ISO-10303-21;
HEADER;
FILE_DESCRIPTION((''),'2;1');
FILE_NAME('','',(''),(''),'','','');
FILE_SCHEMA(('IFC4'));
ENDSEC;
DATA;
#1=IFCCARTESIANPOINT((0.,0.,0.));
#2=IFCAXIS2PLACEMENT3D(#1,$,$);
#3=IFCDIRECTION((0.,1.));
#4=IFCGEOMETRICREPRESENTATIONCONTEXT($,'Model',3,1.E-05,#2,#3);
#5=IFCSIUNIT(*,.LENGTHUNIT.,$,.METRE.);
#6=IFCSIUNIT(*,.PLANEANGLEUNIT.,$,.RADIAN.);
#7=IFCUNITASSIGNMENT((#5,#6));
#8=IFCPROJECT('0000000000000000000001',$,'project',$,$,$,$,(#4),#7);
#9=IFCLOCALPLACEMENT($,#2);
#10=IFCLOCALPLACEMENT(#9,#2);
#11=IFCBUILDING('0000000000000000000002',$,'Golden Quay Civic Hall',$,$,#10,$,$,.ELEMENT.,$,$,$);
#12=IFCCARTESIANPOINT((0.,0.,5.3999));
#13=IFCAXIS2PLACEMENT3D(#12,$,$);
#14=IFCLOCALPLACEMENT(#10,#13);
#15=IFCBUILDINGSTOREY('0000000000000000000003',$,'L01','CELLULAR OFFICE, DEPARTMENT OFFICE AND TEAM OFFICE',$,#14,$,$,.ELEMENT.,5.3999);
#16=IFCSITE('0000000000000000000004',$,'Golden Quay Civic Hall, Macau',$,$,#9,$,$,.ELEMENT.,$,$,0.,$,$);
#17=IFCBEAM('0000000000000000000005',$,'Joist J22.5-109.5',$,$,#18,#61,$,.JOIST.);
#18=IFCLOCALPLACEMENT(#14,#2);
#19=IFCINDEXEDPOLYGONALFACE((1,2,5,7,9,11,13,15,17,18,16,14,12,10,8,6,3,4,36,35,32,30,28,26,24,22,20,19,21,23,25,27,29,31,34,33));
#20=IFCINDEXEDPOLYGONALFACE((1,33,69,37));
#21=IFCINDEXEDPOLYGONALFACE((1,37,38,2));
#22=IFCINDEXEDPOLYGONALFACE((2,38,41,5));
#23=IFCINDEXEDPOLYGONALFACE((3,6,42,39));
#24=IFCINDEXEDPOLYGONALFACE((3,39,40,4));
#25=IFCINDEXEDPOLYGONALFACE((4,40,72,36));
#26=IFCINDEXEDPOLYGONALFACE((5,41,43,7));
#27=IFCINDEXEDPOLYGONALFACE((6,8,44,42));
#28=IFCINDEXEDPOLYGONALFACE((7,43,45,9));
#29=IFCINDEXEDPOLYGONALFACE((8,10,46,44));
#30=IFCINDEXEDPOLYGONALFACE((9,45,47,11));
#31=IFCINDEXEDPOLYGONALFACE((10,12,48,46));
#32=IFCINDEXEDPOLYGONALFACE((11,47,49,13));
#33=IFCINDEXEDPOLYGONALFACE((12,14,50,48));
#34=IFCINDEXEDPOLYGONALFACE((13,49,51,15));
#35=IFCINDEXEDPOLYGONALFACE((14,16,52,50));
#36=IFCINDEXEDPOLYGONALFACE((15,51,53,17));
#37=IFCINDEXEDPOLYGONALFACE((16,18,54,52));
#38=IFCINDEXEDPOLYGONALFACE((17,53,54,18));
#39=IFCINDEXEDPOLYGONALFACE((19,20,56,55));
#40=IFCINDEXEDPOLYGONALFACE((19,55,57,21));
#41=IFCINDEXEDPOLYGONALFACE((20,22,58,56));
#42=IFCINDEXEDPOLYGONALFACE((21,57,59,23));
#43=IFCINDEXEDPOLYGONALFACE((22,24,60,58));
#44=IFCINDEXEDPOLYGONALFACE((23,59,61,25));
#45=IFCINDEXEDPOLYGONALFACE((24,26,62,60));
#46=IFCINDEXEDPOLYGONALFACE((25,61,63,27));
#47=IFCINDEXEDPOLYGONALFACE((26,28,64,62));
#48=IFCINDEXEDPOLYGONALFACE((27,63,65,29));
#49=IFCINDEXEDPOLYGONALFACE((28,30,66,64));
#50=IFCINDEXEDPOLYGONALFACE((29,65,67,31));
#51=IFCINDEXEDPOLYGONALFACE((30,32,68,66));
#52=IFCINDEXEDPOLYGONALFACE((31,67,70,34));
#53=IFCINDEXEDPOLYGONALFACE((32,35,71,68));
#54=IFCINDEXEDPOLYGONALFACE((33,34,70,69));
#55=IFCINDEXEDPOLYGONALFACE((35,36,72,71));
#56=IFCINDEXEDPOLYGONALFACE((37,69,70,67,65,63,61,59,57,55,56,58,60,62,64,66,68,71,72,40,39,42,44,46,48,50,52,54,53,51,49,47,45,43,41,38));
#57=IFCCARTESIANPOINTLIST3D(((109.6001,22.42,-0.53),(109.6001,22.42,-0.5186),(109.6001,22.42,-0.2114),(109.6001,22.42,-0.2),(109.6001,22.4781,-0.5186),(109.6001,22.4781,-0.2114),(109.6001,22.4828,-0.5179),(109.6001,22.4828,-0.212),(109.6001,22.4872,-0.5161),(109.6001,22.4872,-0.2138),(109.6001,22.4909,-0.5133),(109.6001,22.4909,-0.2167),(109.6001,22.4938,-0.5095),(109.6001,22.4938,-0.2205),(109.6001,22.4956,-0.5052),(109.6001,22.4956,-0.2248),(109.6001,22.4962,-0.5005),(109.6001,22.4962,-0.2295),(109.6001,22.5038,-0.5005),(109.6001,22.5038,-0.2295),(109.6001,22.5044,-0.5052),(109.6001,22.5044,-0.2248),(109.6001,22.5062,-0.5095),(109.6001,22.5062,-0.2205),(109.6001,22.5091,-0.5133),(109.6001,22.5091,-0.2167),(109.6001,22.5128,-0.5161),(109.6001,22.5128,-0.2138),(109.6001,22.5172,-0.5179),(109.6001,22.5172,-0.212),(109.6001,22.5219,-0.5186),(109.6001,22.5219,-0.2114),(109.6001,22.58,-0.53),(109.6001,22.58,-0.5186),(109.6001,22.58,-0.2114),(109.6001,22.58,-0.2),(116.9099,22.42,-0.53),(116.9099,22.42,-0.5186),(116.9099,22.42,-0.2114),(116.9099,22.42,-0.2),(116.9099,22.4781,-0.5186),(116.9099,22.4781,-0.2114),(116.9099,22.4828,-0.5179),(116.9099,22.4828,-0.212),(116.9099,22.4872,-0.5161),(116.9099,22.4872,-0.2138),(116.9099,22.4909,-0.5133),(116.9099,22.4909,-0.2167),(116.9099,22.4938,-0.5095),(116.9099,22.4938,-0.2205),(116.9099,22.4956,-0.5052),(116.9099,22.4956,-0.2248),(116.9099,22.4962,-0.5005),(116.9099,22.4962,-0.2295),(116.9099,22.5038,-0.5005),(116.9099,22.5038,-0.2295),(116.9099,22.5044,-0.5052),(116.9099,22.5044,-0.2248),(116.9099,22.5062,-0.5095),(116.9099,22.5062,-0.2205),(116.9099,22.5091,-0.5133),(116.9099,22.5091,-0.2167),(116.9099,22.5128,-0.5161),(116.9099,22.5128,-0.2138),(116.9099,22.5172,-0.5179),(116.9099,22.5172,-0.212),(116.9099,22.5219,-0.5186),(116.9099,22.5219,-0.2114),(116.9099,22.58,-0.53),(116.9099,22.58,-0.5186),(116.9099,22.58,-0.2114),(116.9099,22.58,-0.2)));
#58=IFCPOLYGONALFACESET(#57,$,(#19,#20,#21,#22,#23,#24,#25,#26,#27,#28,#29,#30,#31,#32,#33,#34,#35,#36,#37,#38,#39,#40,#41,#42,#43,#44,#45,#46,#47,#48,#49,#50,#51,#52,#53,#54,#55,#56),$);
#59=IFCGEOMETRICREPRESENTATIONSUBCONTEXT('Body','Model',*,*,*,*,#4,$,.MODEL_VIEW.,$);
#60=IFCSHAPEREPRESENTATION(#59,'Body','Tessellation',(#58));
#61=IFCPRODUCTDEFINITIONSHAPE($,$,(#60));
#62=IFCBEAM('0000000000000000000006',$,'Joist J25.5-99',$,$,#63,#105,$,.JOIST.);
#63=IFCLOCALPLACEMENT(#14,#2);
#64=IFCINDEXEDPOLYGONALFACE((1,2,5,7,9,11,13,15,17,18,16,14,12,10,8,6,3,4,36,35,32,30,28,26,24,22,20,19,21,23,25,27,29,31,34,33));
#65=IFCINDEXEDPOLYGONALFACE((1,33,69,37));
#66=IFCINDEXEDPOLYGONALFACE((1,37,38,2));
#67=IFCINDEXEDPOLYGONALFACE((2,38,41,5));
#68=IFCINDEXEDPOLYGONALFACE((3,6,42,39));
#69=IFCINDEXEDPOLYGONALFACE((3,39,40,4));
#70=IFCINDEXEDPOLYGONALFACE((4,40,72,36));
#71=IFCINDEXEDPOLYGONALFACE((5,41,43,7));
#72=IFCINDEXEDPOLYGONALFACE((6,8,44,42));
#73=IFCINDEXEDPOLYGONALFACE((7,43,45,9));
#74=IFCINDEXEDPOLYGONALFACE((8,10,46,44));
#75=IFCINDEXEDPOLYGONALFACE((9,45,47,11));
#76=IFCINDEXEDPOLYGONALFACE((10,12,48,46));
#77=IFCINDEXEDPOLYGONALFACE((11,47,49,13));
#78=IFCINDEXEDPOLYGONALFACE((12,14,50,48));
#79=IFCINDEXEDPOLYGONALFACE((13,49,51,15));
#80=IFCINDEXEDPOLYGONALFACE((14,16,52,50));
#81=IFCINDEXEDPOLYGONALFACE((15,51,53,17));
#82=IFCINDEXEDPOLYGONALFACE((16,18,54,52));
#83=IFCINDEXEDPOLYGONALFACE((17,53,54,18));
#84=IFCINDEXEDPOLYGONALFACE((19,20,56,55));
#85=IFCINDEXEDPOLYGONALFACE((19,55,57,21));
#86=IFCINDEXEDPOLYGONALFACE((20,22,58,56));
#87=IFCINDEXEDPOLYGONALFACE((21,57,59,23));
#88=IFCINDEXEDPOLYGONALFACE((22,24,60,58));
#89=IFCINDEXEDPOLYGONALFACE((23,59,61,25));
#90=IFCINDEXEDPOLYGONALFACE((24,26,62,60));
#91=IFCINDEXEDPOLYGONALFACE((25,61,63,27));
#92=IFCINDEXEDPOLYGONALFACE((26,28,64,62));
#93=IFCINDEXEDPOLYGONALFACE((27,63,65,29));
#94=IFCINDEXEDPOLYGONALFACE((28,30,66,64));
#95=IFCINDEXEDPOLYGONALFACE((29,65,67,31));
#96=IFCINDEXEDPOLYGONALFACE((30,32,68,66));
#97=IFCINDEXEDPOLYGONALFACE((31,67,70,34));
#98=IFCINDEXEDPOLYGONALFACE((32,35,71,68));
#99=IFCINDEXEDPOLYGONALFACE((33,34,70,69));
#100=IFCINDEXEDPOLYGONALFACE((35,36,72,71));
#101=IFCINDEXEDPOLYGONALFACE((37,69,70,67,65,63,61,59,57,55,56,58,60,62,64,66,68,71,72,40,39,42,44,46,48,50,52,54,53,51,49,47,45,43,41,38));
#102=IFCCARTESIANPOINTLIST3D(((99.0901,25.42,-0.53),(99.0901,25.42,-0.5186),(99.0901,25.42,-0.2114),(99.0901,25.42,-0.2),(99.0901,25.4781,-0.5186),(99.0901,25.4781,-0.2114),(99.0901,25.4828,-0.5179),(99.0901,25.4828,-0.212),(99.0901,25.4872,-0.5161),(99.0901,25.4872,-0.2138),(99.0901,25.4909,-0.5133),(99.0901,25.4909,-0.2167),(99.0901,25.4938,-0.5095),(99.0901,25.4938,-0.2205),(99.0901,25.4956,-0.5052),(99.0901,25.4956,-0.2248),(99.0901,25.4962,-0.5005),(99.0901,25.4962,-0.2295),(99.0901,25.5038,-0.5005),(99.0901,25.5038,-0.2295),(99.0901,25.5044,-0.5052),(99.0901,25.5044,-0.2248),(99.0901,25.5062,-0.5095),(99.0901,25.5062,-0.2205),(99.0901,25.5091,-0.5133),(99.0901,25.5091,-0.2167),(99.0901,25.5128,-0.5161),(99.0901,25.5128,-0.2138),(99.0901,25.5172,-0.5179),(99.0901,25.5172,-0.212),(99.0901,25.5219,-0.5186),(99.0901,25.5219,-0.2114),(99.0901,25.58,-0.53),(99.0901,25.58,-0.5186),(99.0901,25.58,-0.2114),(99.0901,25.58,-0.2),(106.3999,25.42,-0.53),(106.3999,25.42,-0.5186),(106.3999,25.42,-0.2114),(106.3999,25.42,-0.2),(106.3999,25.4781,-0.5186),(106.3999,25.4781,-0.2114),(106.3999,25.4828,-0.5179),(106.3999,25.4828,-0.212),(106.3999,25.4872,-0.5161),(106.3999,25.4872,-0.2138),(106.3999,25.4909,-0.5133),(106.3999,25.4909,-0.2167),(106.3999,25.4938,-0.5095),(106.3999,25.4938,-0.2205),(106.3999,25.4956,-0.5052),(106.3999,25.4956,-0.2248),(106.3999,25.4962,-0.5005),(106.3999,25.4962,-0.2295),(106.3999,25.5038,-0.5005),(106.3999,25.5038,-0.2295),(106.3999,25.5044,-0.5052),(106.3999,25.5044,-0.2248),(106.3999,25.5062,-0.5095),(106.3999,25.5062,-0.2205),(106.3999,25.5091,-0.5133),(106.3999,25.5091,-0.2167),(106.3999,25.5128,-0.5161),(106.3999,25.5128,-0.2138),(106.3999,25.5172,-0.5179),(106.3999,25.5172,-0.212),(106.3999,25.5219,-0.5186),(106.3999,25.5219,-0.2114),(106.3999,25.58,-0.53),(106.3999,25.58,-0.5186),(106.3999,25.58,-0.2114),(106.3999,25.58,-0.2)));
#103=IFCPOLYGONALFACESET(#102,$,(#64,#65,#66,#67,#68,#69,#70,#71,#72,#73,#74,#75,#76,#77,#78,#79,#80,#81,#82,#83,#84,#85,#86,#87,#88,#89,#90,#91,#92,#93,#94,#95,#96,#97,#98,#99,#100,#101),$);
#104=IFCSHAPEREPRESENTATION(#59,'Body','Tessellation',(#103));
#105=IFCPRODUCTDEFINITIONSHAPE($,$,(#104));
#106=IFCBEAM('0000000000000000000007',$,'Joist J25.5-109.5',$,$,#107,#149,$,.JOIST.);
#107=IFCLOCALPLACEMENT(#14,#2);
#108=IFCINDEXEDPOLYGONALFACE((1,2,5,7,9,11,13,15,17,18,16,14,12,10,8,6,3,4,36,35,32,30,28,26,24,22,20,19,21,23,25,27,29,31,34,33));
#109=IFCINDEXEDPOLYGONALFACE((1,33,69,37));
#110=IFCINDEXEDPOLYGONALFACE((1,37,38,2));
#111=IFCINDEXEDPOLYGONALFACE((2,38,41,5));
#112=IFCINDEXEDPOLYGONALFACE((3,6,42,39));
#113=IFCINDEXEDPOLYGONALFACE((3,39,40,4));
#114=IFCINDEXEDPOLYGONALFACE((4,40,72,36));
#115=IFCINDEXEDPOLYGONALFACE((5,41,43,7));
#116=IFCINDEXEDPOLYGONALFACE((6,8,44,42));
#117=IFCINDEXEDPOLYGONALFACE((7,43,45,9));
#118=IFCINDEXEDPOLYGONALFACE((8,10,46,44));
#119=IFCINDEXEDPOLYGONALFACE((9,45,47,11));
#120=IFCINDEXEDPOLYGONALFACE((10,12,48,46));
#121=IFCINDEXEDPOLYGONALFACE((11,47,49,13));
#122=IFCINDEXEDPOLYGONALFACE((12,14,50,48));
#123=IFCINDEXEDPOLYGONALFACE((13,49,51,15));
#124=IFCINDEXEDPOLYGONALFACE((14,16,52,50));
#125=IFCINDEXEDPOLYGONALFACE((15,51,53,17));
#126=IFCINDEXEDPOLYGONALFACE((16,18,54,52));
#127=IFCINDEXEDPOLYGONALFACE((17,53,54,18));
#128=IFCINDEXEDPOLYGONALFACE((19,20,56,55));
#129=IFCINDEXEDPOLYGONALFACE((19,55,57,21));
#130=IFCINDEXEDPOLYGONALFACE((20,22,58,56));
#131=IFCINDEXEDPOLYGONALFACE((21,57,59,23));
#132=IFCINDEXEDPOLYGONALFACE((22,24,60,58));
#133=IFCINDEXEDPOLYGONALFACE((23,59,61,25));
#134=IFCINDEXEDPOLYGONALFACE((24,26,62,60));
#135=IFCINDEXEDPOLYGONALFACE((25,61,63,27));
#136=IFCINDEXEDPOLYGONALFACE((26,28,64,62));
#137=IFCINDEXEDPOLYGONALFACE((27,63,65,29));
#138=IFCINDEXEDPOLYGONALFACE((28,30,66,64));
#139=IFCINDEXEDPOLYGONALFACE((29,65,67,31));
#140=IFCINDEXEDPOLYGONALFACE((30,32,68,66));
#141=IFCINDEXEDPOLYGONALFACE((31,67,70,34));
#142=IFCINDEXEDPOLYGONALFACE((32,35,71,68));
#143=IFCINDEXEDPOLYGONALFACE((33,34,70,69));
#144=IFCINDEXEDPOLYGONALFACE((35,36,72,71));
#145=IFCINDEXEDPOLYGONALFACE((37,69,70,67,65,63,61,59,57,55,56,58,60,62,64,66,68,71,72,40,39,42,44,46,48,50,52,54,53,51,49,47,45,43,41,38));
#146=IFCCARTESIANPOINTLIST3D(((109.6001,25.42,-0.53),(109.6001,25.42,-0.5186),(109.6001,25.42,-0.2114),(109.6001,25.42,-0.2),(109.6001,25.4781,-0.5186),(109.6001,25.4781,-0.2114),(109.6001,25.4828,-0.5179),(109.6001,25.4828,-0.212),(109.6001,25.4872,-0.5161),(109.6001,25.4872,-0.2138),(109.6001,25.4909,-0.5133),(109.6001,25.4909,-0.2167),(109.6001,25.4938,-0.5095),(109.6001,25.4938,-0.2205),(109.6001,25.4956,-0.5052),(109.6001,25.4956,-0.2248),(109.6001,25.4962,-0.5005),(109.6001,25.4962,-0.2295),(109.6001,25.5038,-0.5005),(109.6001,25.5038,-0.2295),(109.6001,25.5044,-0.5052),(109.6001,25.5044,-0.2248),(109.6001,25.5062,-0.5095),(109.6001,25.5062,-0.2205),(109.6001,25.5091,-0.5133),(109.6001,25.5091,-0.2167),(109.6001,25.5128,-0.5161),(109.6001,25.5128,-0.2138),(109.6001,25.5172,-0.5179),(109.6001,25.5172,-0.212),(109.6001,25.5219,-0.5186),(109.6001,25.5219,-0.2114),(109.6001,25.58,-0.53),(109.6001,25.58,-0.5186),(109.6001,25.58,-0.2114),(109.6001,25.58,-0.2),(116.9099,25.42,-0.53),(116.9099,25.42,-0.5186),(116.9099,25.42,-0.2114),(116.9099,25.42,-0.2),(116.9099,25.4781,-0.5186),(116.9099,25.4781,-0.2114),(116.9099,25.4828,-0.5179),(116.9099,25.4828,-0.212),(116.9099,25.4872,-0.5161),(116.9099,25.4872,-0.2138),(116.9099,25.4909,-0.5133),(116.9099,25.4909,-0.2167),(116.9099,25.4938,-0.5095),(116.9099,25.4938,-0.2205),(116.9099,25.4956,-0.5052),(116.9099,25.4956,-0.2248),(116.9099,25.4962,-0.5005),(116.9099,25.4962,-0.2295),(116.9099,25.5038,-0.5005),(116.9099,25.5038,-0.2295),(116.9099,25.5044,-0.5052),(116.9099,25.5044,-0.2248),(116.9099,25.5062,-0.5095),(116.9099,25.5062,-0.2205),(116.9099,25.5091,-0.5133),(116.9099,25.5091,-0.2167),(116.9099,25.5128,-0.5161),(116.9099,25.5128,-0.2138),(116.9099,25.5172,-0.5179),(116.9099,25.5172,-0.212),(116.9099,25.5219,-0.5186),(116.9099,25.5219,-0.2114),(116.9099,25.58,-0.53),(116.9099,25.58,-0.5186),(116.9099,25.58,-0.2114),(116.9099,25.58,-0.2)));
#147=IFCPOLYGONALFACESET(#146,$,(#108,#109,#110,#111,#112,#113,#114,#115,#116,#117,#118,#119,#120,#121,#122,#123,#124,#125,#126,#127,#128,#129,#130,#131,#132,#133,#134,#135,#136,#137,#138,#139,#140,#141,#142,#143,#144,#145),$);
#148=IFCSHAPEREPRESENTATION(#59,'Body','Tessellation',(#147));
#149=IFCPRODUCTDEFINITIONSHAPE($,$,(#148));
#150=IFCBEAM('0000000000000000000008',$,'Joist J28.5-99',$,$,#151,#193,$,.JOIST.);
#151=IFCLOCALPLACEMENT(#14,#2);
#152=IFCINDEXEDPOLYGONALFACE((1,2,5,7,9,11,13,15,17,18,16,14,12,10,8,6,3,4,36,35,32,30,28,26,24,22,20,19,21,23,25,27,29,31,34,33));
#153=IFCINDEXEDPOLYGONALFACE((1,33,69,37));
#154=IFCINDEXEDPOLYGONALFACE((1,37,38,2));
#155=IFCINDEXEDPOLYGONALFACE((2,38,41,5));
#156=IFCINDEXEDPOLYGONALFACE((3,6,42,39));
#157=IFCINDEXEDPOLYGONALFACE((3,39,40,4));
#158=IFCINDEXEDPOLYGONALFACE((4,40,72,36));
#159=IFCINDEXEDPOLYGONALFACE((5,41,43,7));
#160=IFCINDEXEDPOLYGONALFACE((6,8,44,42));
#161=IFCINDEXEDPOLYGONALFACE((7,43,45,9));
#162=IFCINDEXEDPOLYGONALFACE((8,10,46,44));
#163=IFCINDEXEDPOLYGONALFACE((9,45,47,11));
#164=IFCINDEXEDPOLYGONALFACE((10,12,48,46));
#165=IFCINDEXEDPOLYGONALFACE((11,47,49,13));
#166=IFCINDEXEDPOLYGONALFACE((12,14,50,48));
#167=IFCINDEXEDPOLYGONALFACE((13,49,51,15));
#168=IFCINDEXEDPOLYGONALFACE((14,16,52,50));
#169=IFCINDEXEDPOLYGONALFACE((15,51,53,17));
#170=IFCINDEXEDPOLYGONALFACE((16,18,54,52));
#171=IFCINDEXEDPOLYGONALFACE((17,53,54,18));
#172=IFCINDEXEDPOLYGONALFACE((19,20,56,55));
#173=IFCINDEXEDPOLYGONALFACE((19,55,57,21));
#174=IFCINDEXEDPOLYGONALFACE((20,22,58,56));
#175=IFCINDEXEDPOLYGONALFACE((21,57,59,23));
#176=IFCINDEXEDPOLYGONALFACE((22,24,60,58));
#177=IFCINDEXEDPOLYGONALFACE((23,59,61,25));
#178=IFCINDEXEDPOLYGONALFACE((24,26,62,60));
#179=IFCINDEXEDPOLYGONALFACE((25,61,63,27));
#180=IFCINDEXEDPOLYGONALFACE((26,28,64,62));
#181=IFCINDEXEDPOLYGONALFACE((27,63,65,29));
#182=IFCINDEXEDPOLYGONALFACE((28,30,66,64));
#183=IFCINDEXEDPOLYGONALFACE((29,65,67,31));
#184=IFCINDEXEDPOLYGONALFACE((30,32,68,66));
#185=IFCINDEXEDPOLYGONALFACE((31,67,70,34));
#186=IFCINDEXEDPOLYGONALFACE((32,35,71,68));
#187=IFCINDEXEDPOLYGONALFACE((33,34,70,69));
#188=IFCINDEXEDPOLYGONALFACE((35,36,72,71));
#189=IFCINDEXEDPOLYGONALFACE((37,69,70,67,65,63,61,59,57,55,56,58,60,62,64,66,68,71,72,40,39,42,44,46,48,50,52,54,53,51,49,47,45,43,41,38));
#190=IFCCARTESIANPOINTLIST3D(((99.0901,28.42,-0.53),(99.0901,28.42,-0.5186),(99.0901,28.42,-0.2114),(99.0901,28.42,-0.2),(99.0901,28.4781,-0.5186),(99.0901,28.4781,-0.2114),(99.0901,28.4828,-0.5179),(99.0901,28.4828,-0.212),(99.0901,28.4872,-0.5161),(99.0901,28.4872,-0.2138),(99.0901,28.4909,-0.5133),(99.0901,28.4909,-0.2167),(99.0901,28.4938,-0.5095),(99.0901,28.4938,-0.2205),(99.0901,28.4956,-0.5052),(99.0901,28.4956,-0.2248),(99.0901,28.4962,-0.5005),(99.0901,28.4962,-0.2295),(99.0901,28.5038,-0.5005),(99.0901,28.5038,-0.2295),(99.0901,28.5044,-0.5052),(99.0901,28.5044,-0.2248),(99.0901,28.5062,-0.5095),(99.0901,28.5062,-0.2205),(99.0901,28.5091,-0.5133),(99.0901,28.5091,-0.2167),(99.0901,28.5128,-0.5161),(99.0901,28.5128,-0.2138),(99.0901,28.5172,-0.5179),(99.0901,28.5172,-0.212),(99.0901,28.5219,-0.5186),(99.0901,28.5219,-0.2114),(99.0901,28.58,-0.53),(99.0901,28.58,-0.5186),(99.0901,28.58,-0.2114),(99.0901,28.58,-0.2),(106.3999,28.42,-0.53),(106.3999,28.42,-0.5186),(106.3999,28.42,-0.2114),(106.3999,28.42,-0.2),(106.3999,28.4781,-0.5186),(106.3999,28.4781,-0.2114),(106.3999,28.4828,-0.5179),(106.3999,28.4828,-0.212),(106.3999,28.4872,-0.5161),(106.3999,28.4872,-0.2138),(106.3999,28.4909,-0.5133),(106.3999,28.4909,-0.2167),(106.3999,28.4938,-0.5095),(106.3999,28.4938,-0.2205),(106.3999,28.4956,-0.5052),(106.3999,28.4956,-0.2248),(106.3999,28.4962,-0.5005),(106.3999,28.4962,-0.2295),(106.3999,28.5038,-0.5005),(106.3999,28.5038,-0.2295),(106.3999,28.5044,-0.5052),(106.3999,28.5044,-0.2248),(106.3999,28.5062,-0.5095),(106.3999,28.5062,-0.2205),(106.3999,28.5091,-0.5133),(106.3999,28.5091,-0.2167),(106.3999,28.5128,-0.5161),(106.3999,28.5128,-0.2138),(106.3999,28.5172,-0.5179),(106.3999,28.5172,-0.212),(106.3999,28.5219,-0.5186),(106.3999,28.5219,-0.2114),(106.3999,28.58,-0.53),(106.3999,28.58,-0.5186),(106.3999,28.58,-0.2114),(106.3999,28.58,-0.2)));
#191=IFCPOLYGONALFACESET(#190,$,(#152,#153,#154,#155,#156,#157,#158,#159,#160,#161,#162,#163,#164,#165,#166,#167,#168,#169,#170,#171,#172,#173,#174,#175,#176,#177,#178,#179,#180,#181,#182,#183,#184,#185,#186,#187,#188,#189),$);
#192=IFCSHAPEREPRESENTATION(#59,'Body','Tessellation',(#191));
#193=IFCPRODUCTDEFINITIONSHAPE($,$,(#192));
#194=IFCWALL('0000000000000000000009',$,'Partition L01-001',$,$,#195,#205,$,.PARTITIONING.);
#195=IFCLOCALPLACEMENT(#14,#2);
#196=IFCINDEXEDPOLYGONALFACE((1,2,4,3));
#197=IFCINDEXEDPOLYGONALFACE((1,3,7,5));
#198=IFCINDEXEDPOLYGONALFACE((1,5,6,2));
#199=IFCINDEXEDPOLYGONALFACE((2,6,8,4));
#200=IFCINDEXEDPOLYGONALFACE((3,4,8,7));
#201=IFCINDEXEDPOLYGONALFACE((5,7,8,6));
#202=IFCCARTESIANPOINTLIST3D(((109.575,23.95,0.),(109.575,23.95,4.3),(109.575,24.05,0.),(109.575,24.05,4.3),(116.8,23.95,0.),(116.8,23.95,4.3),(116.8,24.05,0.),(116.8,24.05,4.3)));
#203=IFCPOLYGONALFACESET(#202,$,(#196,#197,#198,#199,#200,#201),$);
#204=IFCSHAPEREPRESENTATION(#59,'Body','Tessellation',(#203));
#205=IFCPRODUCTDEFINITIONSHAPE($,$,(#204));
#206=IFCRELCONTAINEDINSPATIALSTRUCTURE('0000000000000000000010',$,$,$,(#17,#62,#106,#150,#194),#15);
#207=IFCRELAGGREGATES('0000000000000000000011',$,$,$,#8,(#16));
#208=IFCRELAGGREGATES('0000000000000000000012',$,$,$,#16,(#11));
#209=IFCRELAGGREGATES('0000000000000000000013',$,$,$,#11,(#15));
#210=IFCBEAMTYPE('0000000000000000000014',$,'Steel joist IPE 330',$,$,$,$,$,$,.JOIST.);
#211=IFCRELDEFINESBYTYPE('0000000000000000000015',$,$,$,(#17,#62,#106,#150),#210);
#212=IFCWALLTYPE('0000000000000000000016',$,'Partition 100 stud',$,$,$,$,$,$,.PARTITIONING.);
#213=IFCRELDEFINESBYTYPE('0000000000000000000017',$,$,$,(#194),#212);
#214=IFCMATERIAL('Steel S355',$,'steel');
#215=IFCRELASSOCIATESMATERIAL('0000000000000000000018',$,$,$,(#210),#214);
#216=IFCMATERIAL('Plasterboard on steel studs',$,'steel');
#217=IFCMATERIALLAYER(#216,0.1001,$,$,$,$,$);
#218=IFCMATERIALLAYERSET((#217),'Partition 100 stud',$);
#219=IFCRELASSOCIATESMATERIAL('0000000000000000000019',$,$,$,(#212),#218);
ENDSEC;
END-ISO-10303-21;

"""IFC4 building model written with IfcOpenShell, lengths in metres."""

from ifc_helpers import new_model, si_unit, direction, frame, frame_2d, origin, origin_2d, place, context, subcontext, project, spatial, rectangle, i_section, extrude, material, layer, layer_set, material_profile, profile_set, type_object, element, save


model = new_model("IFC4")

# Units and contexts
model_context = context("Model", 3, precision=1e-05, world=origin(), true_north=direction((0.0, 1.0)))
body_context = subcontext(model_context, "Body", "Model", "MODEL_VIEW")
ifc_project = project(units=[si_unit("LENGTHUNIT", "METRE"), si_unit("PLANEANGLEUNIT", "RADIAN")], contexts=[model_context])

# Site, building, storey
site_placement = place(None, origin())
site = spatial("IfcSite", under=ifc_project, at=site_placement, Name="Golden Quay Civic Hall, Macau", CompositionType="ELEMENT", RefElevation=0.0)
building_placement = place(site_placement, origin())
building = spatial("IfcBuilding", under=site, at=building_placement, Name="Golden Quay Civic Hall", CompositionType="ELEMENT")
storey_placement = place(building_placement, frame((0.0, 0.0, 5.3999)))
storey = spatial("IfcBuildingStorey", under=building, at=storey_placement, Name="L01", Description="CELLULAR OFFICE, DEPARTMENT OFFICE AND TEAM OFFICE", CompositionType="ELEMENT", Elevation=5.3999)

# Beams
ifc_material_1 = material(Name="Steel S355", Category="steel")
ifc_material_profile_1 = material_profile(ifc_material_1, i_section(OverallWidth=0.1599, OverallDepth=0.3301, WebThickness=0.0076, FlangeThickness=0.0115, FilletRadius=0.0181, at=origin_2d()), Name="IPE 330")
ifc_profile_set_1 = profile_set([ifc_material_profile_1], Name="Steel S355")
beam_type_1 = type_object("IfcBeamType", Name="Steel joist IPE 330", PredefinedType="JOIST", material=ifc_profile_set_1)
for number, where, z_axis, x_axis, name in (
    (1, (109.6001, 22.5, -0.365), (1.0, 0.0, 0.0), (0.0, 1.0, 0.0), "Joist J22.5-109.5"),
    (2, (99.0901, 25.5, -0.365), (1.0, 0.0, 0.0), (0.0, 1.0, 0.0), "Joist J25.5-99"),
    (3, (109.6001, 25.5, -0.365), (1.0, 0.0, 0.0), (0.0, 1.0, 0.0), "Joist J25.5-109.5"),
    (4, (99.0901, 28.5, -0.365), (1.0, 0.0, 0.0), (0.0, 1.0, 0.0), "Joist J28.5-99"),
):
    element("IfcBeam", number, at=place(storey_placement, frame(where, z_axis=z_axis, x_axis=x_axis)), inside=storey, type_object=beam_type_1, Name=name, PredefinedType="JOIST", context=body_context, shape_type="SweptSolid", body=[
        extrude(i_section(OverallWidth=0.1599, OverallDepth=0.3301, WebThickness=0.0076, FlangeThickness=0.0115, FilletRadius=0.0181, at=origin_2d()), origin(), (0.0, 0.0, 1.0), 7.3098),
    ])

# Wall
ifc_material_2 = material(Name="Plasterboard on steel studs", Category="steel")
ifc_layer_1 = layer(ifc_material_2, 0.1001)
ifc_layer_set_1 = layer_set([ifc_layer_1], Name="Partition 100 stud")
wall_type_1 = type_object("IfcWallType", Name="Partition 100 stud", PredefinedType="PARTITIONING", material=ifc_layer_set_1)
wall_1_placement = place(storey_placement, frame((109.575, 24.0, 0.0), z_axis=(0.0, 0.0, 1.0), x_axis=(1.0, 0.0, 0.0)))
element("IfcWall", 5, at=wall_1_placement, inside=storey, type_object=wall_type_1, Name="Partition L01-001", PredefinedType="PARTITIONING", context=body_context, shape_type="SweptSolid", body=[
    extrude(rectangle(XDim=7.2251, YDim=0.1001, at=frame_2d((3.6125, 0.0))), origin(), (0.0, 0.0, 1.0), 4.3),
])

save(model, "model.ifc")
